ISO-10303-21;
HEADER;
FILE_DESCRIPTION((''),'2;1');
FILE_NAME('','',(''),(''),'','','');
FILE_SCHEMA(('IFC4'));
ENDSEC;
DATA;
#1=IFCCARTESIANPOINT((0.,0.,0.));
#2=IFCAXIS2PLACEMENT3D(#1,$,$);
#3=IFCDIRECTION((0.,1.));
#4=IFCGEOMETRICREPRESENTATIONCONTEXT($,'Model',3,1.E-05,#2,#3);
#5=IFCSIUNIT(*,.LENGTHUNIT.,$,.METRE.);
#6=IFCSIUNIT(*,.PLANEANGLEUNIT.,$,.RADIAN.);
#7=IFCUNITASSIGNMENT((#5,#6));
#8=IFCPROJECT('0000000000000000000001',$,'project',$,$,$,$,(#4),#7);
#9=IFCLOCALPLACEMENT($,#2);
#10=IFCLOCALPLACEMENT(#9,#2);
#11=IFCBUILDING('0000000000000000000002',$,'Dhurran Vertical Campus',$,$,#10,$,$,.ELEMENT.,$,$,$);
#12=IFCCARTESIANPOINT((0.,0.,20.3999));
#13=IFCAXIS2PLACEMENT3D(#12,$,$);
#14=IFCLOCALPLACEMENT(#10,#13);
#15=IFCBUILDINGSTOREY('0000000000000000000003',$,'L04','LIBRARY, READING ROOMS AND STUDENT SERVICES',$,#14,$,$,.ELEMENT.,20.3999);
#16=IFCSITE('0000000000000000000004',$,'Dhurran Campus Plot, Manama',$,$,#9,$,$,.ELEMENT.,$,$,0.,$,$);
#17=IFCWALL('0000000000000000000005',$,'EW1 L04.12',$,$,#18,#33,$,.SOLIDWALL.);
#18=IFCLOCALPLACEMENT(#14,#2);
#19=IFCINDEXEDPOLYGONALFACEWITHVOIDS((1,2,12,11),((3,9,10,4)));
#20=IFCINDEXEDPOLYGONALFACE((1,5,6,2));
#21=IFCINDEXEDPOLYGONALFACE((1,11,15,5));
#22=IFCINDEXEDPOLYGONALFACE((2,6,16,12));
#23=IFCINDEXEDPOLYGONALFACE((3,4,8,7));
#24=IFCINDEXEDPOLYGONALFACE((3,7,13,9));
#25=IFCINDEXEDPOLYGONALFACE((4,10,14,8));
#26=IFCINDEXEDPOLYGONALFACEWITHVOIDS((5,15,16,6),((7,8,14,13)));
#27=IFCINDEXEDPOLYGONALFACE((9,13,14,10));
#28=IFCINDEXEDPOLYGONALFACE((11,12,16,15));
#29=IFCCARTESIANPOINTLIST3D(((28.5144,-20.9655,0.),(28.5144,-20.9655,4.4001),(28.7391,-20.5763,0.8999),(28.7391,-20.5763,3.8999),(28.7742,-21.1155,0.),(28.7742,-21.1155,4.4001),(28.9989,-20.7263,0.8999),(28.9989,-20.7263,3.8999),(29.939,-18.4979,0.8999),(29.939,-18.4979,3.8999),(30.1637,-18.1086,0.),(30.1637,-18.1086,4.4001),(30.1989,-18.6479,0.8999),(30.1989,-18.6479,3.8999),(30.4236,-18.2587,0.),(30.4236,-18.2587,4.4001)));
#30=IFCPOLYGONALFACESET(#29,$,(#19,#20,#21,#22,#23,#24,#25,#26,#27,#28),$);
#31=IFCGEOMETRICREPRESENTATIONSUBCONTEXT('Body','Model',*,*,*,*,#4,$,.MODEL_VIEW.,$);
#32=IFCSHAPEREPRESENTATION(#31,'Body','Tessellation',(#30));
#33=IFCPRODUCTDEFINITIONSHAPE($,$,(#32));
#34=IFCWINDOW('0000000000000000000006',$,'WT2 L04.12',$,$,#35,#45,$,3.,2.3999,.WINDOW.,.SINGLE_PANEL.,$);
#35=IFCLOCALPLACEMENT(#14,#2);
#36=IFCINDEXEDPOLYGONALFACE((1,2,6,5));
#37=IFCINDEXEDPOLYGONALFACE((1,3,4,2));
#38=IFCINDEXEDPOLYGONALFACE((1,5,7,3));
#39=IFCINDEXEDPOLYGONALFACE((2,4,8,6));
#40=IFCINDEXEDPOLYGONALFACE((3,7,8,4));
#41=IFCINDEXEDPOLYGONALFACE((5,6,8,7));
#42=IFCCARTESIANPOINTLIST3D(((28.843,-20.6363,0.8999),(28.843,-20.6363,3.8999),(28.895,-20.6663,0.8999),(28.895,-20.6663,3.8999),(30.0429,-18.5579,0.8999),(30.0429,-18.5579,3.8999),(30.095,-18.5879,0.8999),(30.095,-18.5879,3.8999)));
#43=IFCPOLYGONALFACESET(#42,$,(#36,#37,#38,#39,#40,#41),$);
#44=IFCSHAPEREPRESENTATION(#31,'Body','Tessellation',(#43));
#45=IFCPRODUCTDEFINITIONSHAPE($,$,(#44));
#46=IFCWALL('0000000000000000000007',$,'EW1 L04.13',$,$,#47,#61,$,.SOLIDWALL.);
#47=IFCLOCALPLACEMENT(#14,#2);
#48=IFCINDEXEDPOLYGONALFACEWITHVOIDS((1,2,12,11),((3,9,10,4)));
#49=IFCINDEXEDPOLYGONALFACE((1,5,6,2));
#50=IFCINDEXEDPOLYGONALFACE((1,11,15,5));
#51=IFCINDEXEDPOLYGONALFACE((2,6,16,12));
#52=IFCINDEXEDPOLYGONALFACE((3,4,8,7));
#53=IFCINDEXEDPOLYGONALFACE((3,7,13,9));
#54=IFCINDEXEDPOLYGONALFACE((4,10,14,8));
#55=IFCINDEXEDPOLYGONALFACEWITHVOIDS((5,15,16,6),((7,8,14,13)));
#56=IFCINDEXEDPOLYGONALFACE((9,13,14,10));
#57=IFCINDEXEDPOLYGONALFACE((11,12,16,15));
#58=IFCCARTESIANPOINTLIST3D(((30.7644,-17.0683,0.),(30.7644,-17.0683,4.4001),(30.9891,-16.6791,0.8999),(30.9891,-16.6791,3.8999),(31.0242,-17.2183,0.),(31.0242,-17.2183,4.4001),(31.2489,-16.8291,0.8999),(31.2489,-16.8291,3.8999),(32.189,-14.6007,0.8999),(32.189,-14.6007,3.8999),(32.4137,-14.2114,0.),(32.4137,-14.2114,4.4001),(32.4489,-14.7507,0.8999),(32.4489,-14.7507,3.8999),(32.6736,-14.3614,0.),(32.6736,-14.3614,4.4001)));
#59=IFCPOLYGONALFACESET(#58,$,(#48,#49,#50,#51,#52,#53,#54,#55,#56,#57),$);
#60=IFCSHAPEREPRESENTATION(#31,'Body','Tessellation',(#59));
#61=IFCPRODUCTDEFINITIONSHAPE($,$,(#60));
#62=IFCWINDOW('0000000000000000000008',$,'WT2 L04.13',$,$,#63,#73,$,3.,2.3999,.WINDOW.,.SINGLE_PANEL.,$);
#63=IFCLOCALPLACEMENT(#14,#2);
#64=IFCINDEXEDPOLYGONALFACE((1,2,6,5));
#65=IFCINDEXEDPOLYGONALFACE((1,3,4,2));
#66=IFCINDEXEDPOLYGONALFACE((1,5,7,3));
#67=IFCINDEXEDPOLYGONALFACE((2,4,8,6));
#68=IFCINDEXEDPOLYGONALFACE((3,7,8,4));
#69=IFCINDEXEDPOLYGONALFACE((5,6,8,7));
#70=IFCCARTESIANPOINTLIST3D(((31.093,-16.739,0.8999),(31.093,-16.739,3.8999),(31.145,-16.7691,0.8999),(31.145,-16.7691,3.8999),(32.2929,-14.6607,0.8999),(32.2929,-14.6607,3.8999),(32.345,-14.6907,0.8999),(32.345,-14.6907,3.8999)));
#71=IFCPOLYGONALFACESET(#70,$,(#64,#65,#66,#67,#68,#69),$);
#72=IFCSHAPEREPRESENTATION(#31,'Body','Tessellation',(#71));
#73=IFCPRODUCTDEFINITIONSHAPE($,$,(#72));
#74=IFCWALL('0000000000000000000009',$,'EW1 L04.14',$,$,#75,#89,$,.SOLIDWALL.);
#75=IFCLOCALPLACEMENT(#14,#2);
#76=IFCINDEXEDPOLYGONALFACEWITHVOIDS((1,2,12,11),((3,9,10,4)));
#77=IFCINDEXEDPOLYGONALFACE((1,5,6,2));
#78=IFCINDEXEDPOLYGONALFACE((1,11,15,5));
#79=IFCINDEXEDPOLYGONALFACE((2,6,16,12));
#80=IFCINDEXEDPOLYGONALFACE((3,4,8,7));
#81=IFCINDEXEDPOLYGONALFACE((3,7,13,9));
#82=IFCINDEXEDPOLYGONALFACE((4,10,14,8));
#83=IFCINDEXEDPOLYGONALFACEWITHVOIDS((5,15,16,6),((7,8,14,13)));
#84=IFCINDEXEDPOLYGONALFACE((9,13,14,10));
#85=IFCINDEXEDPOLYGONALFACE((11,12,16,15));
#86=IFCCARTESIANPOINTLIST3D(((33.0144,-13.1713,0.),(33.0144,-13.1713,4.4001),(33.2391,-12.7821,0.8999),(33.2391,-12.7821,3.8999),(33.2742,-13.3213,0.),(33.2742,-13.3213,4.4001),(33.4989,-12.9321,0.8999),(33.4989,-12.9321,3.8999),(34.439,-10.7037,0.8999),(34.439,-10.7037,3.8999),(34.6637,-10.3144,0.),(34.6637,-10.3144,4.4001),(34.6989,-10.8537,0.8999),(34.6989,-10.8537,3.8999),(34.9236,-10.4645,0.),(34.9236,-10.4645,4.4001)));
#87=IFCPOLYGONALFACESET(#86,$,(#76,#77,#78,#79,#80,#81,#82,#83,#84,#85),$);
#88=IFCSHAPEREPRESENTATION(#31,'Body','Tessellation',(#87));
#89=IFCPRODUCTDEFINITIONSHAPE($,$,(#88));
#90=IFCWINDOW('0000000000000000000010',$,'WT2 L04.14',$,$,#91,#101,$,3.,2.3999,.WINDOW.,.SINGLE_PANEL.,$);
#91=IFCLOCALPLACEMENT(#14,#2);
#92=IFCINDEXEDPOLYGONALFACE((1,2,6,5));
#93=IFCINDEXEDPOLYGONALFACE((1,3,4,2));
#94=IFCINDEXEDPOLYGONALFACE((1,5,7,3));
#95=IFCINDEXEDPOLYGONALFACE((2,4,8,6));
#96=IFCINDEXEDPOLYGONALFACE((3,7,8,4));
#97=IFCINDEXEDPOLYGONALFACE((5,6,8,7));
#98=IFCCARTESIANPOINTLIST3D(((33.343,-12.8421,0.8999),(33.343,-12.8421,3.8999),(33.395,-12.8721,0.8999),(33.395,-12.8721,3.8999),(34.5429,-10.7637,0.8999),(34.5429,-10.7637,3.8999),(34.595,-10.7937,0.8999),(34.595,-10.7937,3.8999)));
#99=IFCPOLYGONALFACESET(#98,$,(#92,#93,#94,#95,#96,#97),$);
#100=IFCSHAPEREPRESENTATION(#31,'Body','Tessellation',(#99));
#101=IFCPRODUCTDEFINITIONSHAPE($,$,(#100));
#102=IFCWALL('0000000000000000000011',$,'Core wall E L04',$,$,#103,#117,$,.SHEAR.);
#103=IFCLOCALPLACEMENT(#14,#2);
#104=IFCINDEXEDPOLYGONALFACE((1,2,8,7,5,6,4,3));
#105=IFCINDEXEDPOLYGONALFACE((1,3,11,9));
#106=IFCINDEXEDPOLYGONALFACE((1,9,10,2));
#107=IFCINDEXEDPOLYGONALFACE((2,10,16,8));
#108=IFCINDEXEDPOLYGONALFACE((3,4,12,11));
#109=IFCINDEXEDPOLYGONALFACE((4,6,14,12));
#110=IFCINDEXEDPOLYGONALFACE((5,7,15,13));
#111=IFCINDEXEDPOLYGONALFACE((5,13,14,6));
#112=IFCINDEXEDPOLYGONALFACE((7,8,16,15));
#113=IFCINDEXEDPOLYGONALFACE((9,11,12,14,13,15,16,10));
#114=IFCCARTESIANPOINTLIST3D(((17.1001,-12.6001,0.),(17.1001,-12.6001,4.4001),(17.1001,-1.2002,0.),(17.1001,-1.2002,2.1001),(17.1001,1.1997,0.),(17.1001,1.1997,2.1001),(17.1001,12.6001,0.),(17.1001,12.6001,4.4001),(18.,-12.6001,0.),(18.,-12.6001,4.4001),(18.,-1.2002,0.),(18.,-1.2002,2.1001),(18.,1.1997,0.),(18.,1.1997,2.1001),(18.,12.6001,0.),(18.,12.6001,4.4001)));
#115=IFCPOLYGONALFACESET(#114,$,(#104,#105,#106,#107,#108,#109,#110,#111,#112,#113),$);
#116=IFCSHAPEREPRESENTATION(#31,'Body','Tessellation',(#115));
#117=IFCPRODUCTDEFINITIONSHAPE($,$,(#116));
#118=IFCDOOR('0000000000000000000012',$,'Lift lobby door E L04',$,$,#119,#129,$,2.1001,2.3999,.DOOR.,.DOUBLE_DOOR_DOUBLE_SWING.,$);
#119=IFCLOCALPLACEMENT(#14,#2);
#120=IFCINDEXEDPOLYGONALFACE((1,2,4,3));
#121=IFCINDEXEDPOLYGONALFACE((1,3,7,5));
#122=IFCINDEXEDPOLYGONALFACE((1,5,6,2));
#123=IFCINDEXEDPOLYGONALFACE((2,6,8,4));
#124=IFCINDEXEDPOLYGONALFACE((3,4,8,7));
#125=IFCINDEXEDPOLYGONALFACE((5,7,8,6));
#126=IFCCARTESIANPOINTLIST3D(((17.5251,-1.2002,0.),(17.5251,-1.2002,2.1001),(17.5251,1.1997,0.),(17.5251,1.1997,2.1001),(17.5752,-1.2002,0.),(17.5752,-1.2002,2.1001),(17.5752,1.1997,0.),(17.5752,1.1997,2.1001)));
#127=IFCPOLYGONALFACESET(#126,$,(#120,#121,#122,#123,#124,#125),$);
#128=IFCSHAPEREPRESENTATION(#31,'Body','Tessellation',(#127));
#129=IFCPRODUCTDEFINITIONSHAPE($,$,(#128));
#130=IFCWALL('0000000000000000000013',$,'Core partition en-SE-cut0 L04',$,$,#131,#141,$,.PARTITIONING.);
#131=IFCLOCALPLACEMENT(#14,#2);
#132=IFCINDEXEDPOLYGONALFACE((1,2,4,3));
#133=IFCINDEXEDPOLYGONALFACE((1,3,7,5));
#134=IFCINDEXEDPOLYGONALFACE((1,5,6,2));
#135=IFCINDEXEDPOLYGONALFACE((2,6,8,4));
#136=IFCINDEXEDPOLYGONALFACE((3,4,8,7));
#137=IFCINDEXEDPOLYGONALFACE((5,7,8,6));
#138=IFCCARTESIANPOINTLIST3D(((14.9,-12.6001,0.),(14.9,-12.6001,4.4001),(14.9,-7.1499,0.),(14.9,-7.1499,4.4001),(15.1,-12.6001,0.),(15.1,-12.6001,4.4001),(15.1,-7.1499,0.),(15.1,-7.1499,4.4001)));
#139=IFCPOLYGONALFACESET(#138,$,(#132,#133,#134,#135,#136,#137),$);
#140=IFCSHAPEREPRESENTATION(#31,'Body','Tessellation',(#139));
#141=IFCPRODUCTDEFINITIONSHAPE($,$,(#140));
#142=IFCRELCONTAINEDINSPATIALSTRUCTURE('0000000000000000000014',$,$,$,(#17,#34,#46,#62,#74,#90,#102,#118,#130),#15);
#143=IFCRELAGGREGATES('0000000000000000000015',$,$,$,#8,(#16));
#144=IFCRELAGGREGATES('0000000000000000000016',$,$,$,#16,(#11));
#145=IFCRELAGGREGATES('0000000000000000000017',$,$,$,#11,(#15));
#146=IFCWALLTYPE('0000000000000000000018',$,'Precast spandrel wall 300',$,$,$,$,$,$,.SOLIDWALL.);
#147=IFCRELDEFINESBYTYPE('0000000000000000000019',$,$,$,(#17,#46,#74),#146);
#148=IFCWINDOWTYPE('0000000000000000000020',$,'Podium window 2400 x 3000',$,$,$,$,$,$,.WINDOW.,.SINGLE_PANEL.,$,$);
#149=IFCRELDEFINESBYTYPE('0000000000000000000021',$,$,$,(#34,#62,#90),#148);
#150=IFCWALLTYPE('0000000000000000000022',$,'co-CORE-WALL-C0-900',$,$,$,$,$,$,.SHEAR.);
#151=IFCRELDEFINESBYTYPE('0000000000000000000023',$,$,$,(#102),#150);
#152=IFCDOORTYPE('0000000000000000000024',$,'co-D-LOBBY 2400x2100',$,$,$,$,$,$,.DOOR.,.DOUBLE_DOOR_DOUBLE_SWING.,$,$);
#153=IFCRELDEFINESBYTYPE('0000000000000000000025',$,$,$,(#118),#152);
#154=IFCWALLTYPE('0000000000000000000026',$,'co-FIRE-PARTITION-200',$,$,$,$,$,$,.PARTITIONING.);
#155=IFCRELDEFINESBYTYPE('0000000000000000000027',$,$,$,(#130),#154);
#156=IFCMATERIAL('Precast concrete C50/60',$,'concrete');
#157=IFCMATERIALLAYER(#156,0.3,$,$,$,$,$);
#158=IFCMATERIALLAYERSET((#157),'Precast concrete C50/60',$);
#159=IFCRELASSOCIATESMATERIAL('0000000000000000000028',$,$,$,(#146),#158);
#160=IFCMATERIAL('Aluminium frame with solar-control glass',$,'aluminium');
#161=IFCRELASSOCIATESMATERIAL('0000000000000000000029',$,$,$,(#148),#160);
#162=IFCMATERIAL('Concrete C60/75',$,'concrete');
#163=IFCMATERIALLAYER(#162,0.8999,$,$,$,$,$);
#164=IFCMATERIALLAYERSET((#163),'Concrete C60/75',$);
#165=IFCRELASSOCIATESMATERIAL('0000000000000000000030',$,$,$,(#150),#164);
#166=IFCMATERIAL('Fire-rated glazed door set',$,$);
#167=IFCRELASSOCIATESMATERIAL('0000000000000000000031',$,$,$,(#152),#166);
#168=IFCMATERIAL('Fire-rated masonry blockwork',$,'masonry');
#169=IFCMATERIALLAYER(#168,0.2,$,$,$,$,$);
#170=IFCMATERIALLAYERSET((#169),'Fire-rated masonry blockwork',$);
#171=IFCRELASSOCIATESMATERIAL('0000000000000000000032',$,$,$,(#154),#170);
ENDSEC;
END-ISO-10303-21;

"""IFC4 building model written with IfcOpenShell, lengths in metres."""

from ifc_helpers import new_model, si_unit, direction, frame, frame_2d, origin, place, context, subcontext, project, spatial, rectangle, extrude, material, layer, layer_set, type_object, element, fill, save


model = new_model("IFC4")

# Units and contexts
model_context = context("Model", 3, precision=1e-05, world=origin(), true_north=direction((0.0, 1.0)))
body_context = subcontext(model_context, "Body", "Model", "MODEL_VIEW")
ifc_project = project(units=[si_unit("LENGTHUNIT", "METRE"), si_unit("PLANEANGLEUNIT", "RADIAN")], contexts=[model_context])

# Site, building, storey
site_placement = place(None, origin())
site = spatial("IfcSite", under=ifc_project, at=site_placement, Name="Dhurran Campus Plot, Manama", CompositionType="ELEMENT", RefElevation=0.0)
building_placement = place(site_placement, origin())
building = spatial("IfcBuilding", under=site, at=building_placement, Name="Dhurran Vertical Campus", CompositionType="ELEMENT")
storey_placement = place(building_placement, frame((0.0, 0.0, 20.3999)))
storey = spatial("IfcBuildingStorey", under=building, at=storey_placement, Name="L04", Description="LIBRARY, READING ROOMS AND STUDENT SERVICES", CompositionType="ELEMENT", Elevation=20.3999)

# Walls, openings, windows
ifc_material_1 = material(Name="Precast concrete C50/60", Category="concrete")
ifc_layer_1 = layer(ifc_material_1, 0.3)
ifc_layer_set_1 = layer_set([ifc_layer_1], Name="Precast concrete C50/60")
wall_type_1 = type_object("IfcWallType", Name="Precast spandrel wall 300", PredefinedType="SOLIDWALL", material=ifc_layer_set_1)
ifc_material_2 = material(Name="Aluminium frame with solar-control glass", Category="aluminium")
window_type = type_object("IfcWindowType", Name="Podium window 2400 x 3000", PartitioningType="SINGLE_PANEL", PredefinedType="WINDOW", material=ifc_material_2)
wall_1_placement = place(storey_placement, frame((28.6443, -21.0405, 0.0), z_axis=(0.0, 0.0, 1.0), x_axis=(0.499992, 0.86603, 0.0)))
wall_1 = element("IfcWall", 1, at=wall_1_placement, inside=storey, type_object=wall_type_1, Name="EW1 L04.12", PredefinedType="SOLIDWALL", context=body_context, shape_type="SweptSolid", body=[
    extrude(rectangle(XDim=3.2988, YDim=0.3, at=frame_2d((1.6494, 0.0))), origin(), (0.0, 0.0, 1.0), 4.4001),
])
opening_1_placement = place(wall_1_placement, frame((0.4495, 0.0, 0.8999)))
opening_1 = element("IfcOpeningElement", 2, at=opening_1_placement, cuts=wall_1, PredefinedType="OPENING", context=body_context, shape_type="SweptSolid", body=[
    extrude(rectangle(XDim=2.3999, YDim=3.0, at=frame_2d((1.2, 1.5))), frame((0.0, 0.1599, 0.0), z_axis=(0.0, -1.0, 0.0), x_axis=(1.0, 0.0, 0.0)), (0.0, 0.0, 1.0), 0.3201),
])
window_1_placement = place(opening_1_placement, origin())
window_1 = element("IfcWindow", 3, at=window_1_placement, inside=storey, type_object=window_type, Name="WT2 L04.12", OverallHeight=3.0, OverallWidth=2.3999, PartitioningType="SINGLE_PANEL", PredefinedType="WINDOW", context=body_context, shape_type="SweptSolid", body=[
    extrude(rectangle(XDim=2.3999, YDim=3.0, at=frame_2d((1.2, 1.5))), frame((0.0, 0.03, 0.0), z_axis=(0.0, -1.0, 0.0), x_axis=(1.0, 0.0, 0.0)), (0.0, 0.0, 1.0), 0.0601),
])
fill(opening_1, window_1)
wall_2_placement = place(storey_placement, frame((30.8943, -17.1433, 0.0), z_axis=(0.0, 0.0, 1.0), x_axis=(0.499992, 0.86603, 0.0)))
wall_2 = element("IfcWall", 4, at=wall_2_placement, inside=storey, type_object=wall_type_1, Name="EW1 L04.13", PredefinedType="SOLIDWALL", context=body_context, shape_type="SweptSolid", body=[
    extrude(rectangle(XDim=3.2988, YDim=0.3, at=frame_2d((1.6494, 0.0))), origin(), (0.0, 0.0, 1.0), 4.4001),
])
opening_2_placement = place(wall_2_placement, frame((0.4495, 0.0, 0.8999)))
opening_2 = element("IfcOpeningElement", 5, at=opening_2_placement, cuts=wall_2, PredefinedType="OPENING", context=body_context, shape_type="SweptSolid", body=[
    extrude(rectangle(XDim=2.3999, YDim=3.0, at=frame_2d((1.2, 1.5))), frame((0.0, 0.1599, 0.0), z_axis=(0.0, -1.0, 0.0), x_axis=(1.0, 0.0, 0.0)), (0.0, 0.0, 1.0), 0.3201),
])
window_2_placement = place(opening_2_placement, origin())
window_2 = element("IfcWindow", 6, at=window_2_placement, inside=storey, type_object=window_type, Name="WT2 L04.13", OverallHeight=3.0, OverallWidth=2.3999, PartitioningType="SINGLE_PANEL", PredefinedType="WINDOW", context=body_context, shape_type="SweptSolid", body=[
    extrude(rectangle(XDim=2.3999, YDim=3.0, at=frame_2d((1.2, 1.5))), frame((0.0, 0.03, 0.0), z_axis=(0.0, -1.0, 0.0), x_axis=(1.0, 0.0, 0.0)), (0.0, 0.0, 1.0), 0.0601),
])
fill(opening_2, window_2)
wall_3_placement = place(storey_placement, frame((33.1443, -13.2463, 0.0), z_axis=(0.0, 0.0, 1.0), x_axis=(0.499992, 0.86603, 0.0)))
wall_3 = element("IfcWall", 7, at=wall_3_placement, inside=storey, type_object=wall_type_1, Name="EW1 L04.14", PredefinedType="SOLIDWALL", context=body_context, shape_type="SweptSolid", body=[
    extrude(rectangle(XDim=3.2988, YDim=0.3, at=frame_2d((1.6494, 0.0))), origin(), (0.0, 0.0, 1.0), 4.4001),
])
opening_3_placement = place(wall_3_placement, frame((0.4495, 0.0, 0.8999)))
opening_3 = element("IfcOpeningElement", 8, at=opening_3_placement, cuts=wall_3, PredefinedType="OPENING", context=body_context, shape_type="SweptSolid", body=[
    extrude(rectangle(XDim=2.3999, YDim=3.0, at=frame_2d((1.2, 1.5))), frame((0.0, 0.1599, 0.0), z_axis=(0.0, -1.0, 0.0), x_axis=(1.0, 0.0, 0.0)), (0.0, 0.0, 1.0), 0.3201),
])
window_3_placement = place(opening_3_placement, origin())
window_3 = element("IfcWindow", 9, at=window_3_placement, inside=storey, type_object=window_type, Name="WT2 L04.14", OverallHeight=3.0, OverallWidth=2.3999, PartitioningType="SINGLE_PANEL", PredefinedType="WINDOW", context=body_context, shape_type="SweptSolid", body=[
    extrude(rectangle(XDim=2.3999, YDim=3.0, at=frame_2d((1.2, 1.5))), frame((0.0, 0.03, 0.0), z_axis=(0.0, -1.0, 0.0), x_axis=(1.0, 0.0, 0.0)), (0.0, 0.0, 1.0), 0.0601),
])
fill(opening_3, window_3)

# Wall, opening, door
ifc_material_3 = material(Name="Concrete C60/75", Category="concrete")
ifc_layer_2 = layer(ifc_material_3, 0.8999)
ifc_layer_set_2 = layer_set([ifc_layer_2], Name="Concrete C60/75")
wall_type_2 = type_object("IfcWallType", Name="co-CORE-WALL-C0-900", PredefinedType="SHEAR", material=ifc_layer_set_2)
wall_4_placement = place(storey_placement, frame((17.55, -12.6001, 0.0), z_axis=(0.0, 0.0, 1.0), x_axis=(0.0, 1.0, 0.0)))
wall_4 = element("IfcWall", 10, at=wall_4_placement, inside=storey, type_object=wall_type_2, Name="Core wall E L04", PredefinedType="SHEAR", context=body_context, shape_type="SweptSolid", body=[
    extrude(rectangle(XDim=25.2002, YDim=0.8999, at=frame_2d((12.6001, 0.0))), origin(), (0.0, 0.0, 1.0), 4.4001),
])
opening_4_placement = place(wall_4_placement, frame((11.3999, 0.0, 0.0)))
opening_4 = element("IfcOpeningElement", 11, at=opening_4_placement, cuts=wall_4, PredefinedType="OPENING", context=body_context, shape_type="SweptSolid", body=[
    extrude(rectangle(XDim=2.3999, YDim=2.1001, at=frame_2d((1.2, 1.05))), frame((0.0, 0.46, 0.0), z_axis=(0.0, -1.0, 0.0), x_axis=(1.0, 0.0, 0.0)), (0.0, 0.0, 1.0), 0.9199),
])
ifc_material_4 = material(Name="Fire-rated glazed door set")
door_type_1 = type_object("IfcDoorType", Name="co-D-LOBBY 2400x2100", OperationType="DOUBLE_DOOR_DOUBLE_SWING", PredefinedType="DOOR", material=ifc_material_4)
door_1_placement = place(opening_4_placement, origin())
door_1 = element("IfcDoor", 12, at=door_1_placement, inside=storey, type_object=door_type_1, Name="Lift lobby door E L04", OperationType="DOUBLE_DOOR_DOUBLE_SWING", OverallHeight=2.1001, OverallWidth=2.3999, PredefinedType="DOOR", context=body_context, shape_type="SweptSolid", body=[
    extrude(rectangle(XDim=2.3999, YDim=2.1001, at=frame_2d((1.2, 1.05))), frame((0.0, 0.0249, 0.0), z_axis=(0.0, -1.0, 0.0), x_axis=(1.0, 0.0, 0.0)), (0.0, 0.0, 1.0), 0.05),
])
fill(opening_4, door_1)

# Wall
ifc_material_5 = material(Name="Fire-rated masonry blockwork", Category="masonry")
ifc_layer_3 = layer(ifc_material_5, 0.2)
ifc_layer_set_3 = layer_set([ifc_layer_3], Name="Fire-rated masonry blockwork")
wall_type_3 = type_object("IfcWallType", Name="co-FIRE-PARTITION-200", PredefinedType="PARTITIONING", material=ifc_layer_set_3)
wall_5_placement = place(storey_placement, frame((15.0, -12.6001, 0.0), z_axis=(0.0, 0.0, 1.0), x_axis=(0.0, 1.0, 0.0)))
element("IfcWall", 13, at=wall_5_placement, inside=storey, type_object=wall_type_3, Name="Core partition en-SE-cut0 L04", PredefinedType="PARTITIONING", context=body_context, shape_type="SweptSolid", body=[
    extrude(rectangle(XDim=5.4502, YDim=0.2, at=frame_2d((2.7251, 0.0))), origin(), (0.0, 0.0, 1.0), 4.4001),
])

save(model, "model.ifc")
